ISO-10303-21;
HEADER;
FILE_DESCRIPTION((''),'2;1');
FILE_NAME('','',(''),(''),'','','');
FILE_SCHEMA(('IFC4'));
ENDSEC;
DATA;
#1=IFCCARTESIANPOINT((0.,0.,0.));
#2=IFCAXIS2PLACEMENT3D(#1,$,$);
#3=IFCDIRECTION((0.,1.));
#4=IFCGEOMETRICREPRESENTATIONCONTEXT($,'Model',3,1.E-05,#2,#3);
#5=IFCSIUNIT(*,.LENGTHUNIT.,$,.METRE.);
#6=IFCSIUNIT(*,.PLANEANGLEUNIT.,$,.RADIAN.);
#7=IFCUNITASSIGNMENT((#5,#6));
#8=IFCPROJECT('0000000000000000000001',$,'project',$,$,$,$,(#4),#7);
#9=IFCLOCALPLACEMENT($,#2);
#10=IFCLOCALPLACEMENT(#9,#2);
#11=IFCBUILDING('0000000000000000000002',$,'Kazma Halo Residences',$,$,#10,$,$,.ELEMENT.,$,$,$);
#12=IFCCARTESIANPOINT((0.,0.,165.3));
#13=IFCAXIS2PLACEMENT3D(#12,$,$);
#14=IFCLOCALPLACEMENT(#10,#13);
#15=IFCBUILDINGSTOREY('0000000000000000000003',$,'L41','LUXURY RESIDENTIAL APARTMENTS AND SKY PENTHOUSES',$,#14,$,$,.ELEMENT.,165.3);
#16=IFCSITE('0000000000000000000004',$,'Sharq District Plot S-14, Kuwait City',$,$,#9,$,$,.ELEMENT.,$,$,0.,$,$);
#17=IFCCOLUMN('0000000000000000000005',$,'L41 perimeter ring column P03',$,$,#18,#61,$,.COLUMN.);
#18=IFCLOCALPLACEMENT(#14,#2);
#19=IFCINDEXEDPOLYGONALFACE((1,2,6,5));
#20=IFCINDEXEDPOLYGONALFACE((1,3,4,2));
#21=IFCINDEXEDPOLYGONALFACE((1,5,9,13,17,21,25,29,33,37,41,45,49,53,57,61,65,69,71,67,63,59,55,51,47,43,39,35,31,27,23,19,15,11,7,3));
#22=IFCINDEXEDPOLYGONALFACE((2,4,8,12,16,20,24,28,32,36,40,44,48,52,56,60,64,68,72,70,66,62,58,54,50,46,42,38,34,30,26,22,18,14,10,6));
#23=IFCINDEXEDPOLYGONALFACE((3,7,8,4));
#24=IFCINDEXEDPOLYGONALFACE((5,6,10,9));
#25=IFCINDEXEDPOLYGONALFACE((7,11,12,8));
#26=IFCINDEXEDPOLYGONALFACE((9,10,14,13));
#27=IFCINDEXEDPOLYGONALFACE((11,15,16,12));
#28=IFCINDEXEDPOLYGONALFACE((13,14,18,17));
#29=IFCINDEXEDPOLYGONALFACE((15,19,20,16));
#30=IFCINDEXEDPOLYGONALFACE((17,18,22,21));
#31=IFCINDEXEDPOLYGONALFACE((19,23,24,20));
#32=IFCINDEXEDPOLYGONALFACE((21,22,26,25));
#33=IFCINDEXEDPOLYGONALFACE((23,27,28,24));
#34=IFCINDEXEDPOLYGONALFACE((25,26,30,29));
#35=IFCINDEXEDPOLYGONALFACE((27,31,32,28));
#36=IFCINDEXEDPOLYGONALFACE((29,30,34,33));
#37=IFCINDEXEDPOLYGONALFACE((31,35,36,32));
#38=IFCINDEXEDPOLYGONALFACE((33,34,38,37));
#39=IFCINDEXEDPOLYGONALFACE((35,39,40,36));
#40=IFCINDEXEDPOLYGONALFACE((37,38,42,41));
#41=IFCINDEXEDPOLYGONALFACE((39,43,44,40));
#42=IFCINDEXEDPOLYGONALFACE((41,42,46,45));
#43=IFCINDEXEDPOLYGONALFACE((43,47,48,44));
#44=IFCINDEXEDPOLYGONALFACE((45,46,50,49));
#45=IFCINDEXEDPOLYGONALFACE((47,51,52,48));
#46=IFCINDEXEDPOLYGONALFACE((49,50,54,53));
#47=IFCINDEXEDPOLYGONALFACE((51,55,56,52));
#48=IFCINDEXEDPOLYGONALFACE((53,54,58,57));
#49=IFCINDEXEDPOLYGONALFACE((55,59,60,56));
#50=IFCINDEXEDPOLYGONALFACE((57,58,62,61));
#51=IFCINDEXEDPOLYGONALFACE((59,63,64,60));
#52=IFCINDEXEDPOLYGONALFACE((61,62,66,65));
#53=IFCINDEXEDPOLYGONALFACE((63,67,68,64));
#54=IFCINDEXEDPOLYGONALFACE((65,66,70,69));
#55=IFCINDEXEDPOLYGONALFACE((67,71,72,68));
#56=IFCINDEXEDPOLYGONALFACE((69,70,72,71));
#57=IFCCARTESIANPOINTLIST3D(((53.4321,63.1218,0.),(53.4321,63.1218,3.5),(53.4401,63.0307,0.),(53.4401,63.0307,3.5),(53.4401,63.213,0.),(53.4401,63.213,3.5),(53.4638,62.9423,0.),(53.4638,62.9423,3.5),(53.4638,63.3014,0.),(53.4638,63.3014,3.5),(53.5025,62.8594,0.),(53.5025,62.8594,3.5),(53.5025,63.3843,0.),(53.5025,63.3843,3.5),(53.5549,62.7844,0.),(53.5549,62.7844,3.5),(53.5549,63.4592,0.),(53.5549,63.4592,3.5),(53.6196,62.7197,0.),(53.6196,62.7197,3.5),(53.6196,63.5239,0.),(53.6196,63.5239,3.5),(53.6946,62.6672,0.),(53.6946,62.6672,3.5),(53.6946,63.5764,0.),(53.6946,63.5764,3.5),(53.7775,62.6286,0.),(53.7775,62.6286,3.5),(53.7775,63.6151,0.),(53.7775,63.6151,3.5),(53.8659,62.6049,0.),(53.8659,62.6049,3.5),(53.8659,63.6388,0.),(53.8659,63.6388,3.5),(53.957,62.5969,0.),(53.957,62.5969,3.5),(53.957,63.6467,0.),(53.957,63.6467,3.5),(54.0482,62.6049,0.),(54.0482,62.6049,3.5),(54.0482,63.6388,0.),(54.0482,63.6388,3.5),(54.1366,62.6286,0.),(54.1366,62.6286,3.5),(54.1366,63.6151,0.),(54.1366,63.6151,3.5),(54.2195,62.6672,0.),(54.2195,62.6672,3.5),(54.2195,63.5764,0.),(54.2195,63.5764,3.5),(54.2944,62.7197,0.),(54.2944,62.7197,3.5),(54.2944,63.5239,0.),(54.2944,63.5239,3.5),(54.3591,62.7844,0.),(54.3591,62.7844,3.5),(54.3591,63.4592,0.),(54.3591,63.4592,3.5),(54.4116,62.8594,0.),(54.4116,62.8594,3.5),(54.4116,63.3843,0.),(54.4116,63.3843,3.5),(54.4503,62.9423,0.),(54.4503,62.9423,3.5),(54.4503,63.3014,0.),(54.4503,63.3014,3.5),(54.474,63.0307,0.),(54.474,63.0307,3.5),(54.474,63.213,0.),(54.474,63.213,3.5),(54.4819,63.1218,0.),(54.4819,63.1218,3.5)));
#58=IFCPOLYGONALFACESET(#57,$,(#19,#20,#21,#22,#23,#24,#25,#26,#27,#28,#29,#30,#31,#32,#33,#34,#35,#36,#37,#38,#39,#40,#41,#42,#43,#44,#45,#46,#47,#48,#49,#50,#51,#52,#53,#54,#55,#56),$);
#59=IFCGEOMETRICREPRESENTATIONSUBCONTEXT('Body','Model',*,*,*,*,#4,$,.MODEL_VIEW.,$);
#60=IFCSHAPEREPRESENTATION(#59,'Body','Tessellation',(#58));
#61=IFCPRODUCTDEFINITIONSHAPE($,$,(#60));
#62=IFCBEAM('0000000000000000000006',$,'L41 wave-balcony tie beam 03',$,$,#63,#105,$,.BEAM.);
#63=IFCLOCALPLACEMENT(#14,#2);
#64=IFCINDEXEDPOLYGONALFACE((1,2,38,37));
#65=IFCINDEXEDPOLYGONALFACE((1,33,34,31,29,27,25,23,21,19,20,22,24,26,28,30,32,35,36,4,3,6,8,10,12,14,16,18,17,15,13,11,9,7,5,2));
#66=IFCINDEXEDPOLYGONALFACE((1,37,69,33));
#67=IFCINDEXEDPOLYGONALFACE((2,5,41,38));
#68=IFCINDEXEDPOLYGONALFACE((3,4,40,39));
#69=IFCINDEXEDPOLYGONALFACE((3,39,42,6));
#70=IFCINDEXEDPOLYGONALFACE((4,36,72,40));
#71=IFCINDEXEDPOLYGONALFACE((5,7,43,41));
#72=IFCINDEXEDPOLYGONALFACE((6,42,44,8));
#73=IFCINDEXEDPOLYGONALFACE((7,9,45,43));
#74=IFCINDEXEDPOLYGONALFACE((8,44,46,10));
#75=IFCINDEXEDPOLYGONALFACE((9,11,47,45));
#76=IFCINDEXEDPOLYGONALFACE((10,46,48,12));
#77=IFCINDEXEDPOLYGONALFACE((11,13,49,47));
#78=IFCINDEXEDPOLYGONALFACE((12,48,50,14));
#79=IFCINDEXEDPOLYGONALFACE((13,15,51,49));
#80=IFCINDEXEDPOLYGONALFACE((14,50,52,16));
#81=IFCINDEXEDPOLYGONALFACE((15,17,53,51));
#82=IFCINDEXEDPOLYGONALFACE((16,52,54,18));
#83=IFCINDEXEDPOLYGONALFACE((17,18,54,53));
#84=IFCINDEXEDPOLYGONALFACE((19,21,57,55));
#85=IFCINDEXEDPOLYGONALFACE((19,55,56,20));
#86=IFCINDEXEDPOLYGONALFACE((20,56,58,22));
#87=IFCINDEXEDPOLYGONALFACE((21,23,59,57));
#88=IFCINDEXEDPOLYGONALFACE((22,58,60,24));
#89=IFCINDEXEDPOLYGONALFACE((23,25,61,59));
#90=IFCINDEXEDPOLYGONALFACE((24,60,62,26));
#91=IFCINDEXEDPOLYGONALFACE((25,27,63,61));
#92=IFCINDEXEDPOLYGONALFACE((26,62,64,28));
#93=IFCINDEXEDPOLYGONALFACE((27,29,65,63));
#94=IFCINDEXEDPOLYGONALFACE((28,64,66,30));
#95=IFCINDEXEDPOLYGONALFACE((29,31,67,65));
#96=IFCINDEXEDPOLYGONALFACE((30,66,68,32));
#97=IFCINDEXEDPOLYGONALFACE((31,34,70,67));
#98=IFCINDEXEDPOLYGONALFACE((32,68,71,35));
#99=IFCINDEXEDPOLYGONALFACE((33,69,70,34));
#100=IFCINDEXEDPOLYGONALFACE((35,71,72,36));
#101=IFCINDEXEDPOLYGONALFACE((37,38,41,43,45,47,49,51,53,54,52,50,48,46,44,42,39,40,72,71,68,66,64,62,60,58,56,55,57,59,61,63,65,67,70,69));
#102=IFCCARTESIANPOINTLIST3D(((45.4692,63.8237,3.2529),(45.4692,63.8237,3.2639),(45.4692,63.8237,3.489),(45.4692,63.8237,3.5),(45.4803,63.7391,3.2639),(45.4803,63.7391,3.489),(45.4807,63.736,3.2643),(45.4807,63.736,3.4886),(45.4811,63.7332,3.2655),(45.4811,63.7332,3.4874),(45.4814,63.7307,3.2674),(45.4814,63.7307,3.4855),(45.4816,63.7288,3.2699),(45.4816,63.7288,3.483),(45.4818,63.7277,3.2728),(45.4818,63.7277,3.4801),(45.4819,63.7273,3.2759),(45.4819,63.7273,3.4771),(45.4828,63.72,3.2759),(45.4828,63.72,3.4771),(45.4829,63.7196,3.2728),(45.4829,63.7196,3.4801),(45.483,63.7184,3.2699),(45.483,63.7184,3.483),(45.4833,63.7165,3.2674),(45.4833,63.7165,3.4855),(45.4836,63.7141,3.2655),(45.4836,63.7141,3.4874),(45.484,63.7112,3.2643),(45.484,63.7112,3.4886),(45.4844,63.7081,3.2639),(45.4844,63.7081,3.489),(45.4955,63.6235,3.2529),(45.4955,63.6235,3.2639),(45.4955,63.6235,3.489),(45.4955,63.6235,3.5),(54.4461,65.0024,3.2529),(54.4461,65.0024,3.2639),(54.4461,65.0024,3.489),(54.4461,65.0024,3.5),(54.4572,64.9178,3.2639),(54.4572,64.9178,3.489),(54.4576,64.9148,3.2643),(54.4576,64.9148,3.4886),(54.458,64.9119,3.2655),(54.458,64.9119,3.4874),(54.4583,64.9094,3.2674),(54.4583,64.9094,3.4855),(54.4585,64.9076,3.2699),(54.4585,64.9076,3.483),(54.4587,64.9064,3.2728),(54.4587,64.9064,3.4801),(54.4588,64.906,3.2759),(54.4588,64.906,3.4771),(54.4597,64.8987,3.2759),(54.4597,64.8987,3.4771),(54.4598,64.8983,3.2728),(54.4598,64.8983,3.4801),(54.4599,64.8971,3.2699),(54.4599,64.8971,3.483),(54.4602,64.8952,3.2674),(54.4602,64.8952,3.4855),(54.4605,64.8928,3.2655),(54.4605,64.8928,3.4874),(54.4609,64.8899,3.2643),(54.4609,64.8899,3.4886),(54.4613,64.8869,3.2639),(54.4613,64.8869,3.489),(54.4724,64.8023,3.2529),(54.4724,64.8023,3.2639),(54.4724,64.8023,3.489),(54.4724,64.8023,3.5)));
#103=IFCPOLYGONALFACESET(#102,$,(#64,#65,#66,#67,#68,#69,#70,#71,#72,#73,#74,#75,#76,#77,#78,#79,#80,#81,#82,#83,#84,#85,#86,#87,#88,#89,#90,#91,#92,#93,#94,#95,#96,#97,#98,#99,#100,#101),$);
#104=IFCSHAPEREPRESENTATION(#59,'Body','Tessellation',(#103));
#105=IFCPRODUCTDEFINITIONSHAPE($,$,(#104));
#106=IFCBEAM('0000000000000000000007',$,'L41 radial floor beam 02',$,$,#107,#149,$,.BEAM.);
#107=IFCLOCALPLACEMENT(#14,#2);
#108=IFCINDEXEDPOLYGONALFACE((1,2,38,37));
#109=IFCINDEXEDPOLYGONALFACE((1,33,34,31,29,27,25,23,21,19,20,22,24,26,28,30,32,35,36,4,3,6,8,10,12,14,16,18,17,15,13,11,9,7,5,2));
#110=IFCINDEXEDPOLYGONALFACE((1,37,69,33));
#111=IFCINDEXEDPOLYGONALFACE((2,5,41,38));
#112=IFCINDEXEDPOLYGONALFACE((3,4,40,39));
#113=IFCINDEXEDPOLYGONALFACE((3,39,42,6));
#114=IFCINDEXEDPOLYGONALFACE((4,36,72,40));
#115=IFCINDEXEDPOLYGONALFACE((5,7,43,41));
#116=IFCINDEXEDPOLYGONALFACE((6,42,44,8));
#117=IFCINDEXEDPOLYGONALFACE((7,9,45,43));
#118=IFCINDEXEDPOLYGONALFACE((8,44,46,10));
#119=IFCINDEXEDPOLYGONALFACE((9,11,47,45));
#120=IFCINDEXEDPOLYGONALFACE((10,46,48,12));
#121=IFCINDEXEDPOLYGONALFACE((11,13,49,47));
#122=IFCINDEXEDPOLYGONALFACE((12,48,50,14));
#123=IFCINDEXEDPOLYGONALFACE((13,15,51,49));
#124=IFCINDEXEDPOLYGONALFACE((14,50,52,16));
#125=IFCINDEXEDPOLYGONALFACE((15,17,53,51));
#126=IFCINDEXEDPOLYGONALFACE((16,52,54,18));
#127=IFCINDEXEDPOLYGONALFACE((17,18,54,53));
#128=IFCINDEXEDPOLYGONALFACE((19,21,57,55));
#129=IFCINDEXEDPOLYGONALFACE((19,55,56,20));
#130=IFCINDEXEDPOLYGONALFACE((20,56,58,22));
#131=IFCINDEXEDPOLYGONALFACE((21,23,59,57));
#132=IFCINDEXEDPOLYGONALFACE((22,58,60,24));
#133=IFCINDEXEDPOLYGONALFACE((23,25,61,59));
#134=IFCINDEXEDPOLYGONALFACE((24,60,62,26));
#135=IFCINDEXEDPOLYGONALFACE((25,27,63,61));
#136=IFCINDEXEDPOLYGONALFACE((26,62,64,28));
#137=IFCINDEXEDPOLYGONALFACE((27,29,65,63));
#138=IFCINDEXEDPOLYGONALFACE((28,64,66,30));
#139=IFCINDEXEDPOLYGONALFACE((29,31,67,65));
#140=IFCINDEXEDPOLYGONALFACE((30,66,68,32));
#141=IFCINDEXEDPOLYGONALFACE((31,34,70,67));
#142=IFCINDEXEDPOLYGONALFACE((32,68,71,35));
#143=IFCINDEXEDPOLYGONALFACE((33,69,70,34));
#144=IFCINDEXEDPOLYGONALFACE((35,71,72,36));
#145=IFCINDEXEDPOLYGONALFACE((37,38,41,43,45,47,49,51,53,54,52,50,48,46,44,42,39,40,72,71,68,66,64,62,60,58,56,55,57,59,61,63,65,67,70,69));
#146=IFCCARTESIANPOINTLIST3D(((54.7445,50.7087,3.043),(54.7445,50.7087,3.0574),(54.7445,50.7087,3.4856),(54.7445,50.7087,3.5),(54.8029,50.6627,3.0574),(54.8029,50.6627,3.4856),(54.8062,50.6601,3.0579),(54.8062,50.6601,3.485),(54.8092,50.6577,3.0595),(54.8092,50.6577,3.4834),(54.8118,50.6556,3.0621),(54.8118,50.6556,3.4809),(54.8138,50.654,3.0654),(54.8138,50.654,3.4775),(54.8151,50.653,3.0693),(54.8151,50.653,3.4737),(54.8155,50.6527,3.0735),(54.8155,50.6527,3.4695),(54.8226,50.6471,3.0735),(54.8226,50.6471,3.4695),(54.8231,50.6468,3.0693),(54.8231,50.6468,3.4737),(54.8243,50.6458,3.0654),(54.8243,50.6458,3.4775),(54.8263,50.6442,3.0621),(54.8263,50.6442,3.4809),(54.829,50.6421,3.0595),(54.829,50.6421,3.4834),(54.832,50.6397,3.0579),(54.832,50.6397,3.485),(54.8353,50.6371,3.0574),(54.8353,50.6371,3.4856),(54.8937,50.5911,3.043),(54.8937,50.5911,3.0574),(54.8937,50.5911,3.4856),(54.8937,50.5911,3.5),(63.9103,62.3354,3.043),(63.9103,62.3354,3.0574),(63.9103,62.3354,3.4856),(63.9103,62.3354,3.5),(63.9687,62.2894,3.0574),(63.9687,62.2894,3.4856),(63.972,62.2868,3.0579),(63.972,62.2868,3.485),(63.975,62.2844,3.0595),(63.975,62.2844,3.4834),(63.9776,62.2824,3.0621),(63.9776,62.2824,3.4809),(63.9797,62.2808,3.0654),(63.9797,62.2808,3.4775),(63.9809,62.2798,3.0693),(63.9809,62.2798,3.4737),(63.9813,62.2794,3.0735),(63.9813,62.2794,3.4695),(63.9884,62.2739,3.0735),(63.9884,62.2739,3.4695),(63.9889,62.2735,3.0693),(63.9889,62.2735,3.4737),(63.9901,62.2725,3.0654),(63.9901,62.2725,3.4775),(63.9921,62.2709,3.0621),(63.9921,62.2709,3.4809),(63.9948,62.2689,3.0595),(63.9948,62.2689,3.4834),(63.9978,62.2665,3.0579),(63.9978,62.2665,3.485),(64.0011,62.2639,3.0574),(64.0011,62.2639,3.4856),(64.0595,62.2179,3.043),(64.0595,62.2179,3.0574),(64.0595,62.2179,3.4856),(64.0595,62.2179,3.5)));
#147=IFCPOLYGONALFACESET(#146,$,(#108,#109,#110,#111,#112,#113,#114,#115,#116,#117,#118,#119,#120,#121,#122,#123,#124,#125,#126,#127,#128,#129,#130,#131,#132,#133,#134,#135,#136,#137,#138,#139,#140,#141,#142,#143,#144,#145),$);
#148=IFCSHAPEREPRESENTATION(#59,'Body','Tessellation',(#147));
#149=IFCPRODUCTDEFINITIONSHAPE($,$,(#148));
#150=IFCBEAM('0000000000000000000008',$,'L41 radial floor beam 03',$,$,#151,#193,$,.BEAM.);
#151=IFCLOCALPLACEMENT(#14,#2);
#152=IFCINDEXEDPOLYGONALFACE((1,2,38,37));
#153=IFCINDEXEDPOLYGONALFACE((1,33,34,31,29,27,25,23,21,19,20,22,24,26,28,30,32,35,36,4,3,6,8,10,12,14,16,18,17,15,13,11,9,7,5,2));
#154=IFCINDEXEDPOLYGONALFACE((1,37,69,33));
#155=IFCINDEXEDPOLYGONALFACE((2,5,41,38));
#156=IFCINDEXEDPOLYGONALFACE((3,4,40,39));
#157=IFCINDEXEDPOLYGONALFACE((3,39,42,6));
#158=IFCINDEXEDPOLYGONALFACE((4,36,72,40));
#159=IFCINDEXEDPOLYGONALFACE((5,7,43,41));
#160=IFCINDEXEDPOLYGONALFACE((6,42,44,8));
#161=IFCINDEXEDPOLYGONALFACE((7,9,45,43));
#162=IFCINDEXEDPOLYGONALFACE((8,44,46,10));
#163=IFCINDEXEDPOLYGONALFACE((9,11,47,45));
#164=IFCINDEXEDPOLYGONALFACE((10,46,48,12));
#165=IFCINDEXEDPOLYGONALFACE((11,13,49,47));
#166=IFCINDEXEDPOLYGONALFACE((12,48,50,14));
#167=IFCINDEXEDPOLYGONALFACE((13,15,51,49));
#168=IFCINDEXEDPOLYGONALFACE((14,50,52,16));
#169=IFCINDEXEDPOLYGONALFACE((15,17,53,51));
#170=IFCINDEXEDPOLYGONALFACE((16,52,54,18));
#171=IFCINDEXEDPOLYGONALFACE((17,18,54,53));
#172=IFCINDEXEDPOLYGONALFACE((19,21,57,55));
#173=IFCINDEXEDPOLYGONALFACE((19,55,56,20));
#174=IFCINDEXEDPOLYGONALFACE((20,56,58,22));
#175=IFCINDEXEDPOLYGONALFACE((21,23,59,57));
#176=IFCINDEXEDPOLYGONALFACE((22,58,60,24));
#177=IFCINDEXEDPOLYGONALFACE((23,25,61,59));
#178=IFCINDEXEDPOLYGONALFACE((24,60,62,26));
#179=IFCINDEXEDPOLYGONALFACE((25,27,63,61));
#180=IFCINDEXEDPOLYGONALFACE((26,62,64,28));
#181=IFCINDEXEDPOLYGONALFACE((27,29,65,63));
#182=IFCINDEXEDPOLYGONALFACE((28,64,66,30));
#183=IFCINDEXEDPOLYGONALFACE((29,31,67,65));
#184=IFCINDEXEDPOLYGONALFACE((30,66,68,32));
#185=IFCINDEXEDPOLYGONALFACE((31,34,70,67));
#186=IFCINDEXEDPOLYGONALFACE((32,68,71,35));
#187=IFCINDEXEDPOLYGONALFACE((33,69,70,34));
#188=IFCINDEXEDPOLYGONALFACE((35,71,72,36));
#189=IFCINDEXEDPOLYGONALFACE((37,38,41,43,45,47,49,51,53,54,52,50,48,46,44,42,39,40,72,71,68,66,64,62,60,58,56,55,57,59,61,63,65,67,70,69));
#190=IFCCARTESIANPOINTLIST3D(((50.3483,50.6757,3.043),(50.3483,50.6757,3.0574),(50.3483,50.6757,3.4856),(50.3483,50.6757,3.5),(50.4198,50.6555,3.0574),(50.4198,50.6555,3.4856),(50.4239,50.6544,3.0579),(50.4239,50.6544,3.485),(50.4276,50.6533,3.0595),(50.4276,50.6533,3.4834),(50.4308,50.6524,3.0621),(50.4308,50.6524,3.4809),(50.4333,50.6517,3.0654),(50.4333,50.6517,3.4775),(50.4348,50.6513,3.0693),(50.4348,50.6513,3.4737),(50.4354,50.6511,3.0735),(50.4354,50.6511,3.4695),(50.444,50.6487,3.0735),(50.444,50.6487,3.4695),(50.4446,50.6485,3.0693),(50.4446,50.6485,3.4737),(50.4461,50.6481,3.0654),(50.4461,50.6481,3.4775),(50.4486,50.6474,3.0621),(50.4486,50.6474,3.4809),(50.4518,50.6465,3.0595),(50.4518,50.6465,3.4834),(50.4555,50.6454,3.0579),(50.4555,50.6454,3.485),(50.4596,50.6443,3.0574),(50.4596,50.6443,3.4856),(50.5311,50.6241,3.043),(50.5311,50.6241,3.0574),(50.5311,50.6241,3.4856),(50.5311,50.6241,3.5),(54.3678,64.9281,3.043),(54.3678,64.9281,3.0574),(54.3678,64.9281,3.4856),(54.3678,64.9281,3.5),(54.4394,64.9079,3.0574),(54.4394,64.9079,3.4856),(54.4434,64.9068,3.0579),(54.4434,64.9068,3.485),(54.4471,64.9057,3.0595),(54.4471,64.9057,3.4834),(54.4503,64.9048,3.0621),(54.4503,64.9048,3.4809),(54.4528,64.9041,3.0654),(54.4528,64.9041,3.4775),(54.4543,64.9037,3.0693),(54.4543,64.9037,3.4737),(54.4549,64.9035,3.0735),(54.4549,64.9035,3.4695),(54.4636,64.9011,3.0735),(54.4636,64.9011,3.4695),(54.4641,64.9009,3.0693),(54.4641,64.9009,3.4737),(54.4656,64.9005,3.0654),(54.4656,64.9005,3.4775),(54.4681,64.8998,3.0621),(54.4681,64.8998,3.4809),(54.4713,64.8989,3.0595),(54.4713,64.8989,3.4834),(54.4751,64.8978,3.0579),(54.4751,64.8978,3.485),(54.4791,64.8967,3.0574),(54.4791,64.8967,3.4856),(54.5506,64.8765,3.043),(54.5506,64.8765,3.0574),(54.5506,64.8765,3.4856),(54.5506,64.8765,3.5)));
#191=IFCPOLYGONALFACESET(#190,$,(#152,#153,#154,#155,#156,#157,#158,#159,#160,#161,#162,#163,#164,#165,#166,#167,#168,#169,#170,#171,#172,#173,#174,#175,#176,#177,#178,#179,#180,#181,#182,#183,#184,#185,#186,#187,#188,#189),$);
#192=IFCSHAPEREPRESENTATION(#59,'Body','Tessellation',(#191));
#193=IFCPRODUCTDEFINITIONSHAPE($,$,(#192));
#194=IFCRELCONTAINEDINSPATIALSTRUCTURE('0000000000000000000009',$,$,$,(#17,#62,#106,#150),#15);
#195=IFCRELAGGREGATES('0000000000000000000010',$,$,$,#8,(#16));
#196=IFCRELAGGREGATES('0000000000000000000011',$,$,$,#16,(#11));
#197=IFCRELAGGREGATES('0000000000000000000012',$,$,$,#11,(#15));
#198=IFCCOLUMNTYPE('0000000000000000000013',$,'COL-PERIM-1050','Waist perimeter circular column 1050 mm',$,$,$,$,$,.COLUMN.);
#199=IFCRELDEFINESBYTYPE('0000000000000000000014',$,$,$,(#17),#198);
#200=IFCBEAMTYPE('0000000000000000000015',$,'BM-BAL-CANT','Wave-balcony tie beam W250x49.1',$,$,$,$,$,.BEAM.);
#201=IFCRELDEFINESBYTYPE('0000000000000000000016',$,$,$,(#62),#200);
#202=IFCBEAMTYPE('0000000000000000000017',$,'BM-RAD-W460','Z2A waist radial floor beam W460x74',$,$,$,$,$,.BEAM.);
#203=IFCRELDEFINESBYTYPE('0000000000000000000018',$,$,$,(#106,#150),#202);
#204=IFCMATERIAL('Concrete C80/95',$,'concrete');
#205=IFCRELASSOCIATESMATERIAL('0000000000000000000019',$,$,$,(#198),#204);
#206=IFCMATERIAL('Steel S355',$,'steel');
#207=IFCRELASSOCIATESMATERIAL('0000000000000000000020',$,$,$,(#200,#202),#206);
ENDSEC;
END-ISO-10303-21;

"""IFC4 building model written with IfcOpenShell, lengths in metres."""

from ifc_helpers import new_model, si_unit, direction, frame, origin, origin_2d, place, context, subcontext, project, spatial, circle, i_section, extrude, material, material_profile, profile_set, type_object, element, save


model = new_model("IFC4")

# Units and contexts
model_context = context("Model", 3, precision=1e-05, world=origin(), true_north=direction((0.0, 1.0)))
body_context = subcontext(model_context, "Body", "Model", "MODEL_VIEW")
ifc_project = project(units=[si_unit("LENGTHUNIT", "METRE"), si_unit("PLANEANGLEUNIT", "RADIAN")], contexts=[model_context])

# Site, building, storey
site_placement = place(None, origin())
site = spatial("IfcSite", under=ifc_project, at=site_placement, Name="Sharq District Plot S-14, Kuwait City", CompositionType="ELEMENT", RefElevation=0.0)
building_placement = place(site_placement, origin())
building = spatial("IfcBuilding", under=site, at=building_placement, Name="Kazma Halo Residences", CompositionType="ELEMENT")
storey_placement = place(building_placement, frame((0.0, 0.0, 165.3)))
storey = spatial("IfcBuildingStorey", under=building, at=storey_placement, Name="L41", Description="LUXURY RESIDENTIAL APARTMENTS AND SKY PENTHOUSES", CompositionType="ELEMENT", Elevation=165.3)

# Column
ifc_material_1 = material(Name="Concrete C80/95", Category="concrete")
ifc_material_profile_1 = material_profile(ifc_material_1, circle(Radius=0.5249, at=origin_2d()), Name="CIRC1050")
ifc_profile_set_1 = profile_set([ifc_material_profile_1], Name="Concrete C80/95")
column_type = type_object("IfcColumnType", Name="COL-PERIM-1050", Description="Waist perimeter circular column 1050 mm", PredefinedType="COLUMN", material=ifc_profile_set_1)
column_placement = place(storey_placement, frame((53.957, 63.1218, 0.0), z_axis=(0.0, 0.0, 1.0), x_axis=(1.0, 0.0, 0.0)))
element("IfcColumn", 1, at=column_placement, inside=storey, type_object=column_type, Name="L41 perimeter ring column P03", PredefinedType="COLUMN", context=body_context, shape_type="SweptSolid", body=[
    extrude(circle(Radius=0.5249, at=origin_2d()), origin(), (0.0, 0.0, 1.0), 3.5),
])

# Beams
ifc_material_2 = material(Name="Steel S355", Category="steel")
ifc_material_profile_2 = material_profile(ifc_material_2, i_section(OverallWidth=0.2019, OverallDepth=0.2471, WebThickness=0.0073, FlangeThickness=0.011, FilletRadius=0.012, at=origin_2d()), Name="W250x49.1")
ifc_profile_set_2 = profile_set([ifc_material_profile_2], Name="Steel S355")
beam_type_1 = type_object("IfcBeamType", Name="BM-BAL-CANT", Description="Wave-balcony tie beam W250x49.1", PredefinedType="BEAM", material=ifc_profile_set_2)
beam_1_placement = place(storey_placement, frame((54.4592, 64.9023, 3.3765), z_axis=(-0.991489, -0.130189, 0.0), x_axis=(0.130189, -0.991489, 0.0)))
element("IfcBeam", 2, at=beam_1_placement, inside=storey, type_object=beam_type_1, Name="L41 wave-balcony tie beam 03", PredefinedType="BEAM", context=body_context, shape_type="SweptSolid", body=[
    extrude(i_section(OverallWidth=0.2019, OverallDepth=0.2471, WebThickness=0.0073, FlangeThickness=0.011, FilletRadius=0.012, at=origin_2d()), origin(), (0.0, 0.0, 1.0), 9.054),
])
ifc_material_profile_3 = material_profile(ifc_material_2, i_section(OverallWidth=0.1899, OverallDepth=0.457, WebThickness=0.009, FlangeThickness=0.0144, FilletRadius=0.0161, at=origin_2d()), Name="W460x74")
ifc_profile_set_3 = profile_set([ifc_material_profile_3], Name="Steel S355")
beam_type_2 = type_object("IfcBeamType", Name="BM-RAD-W460", Description="Z2A waist radial floor beam W460x74", PredefinedType="BEAM", material=ifc_profile_set_3)
beam_2_placement = place(storey_placement, frame((54.8191, 50.6499, 3.2715), z_axis=(0.619094, 0.785316, 0.0), x_axis=(-0.785316, 0.619094, 0.0)))
element("IfcBeam", 3, at=beam_2_placement, inside=storey, type_object=beam_type_2, Name="L41 radial floor beam 02", PredefinedType="BEAM", context=body_context, shape_type="SweptSolid", body=[
    extrude(i_section(OverallWidth=0.1899, OverallDepth=0.457, WebThickness=0.009, FlangeThickness=0.0144, FilletRadius=0.0161, at=origin_2d()), origin(), (0.0, 0.0, 1.0), 14.8052),
])
beam_3_placement = place(storey_placement, frame((50.4397, 50.6499, 3.2715), z_axis=(0.271436, 0.962457, 0.0), x_axis=(-0.962457, 0.271436, 0.0)))
element("IfcBeam", 4, at=beam_3_placement, inside=storey, type_object=beam_type_2, Name="L41 radial floor beam 03", PredefinedType="BEAM", context=body_context, shape_type="SweptSolid", body=[
    extrude(i_section(OverallWidth=0.1899, OverallDepth=0.457, WebThickness=0.009, FlangeThickness=0.0144, FilletRadius=0.0161, at=origin_2d()), origin(), (0.0, 0.0, 1.0), 14.8083),
])

save(model, "model.ifc")
